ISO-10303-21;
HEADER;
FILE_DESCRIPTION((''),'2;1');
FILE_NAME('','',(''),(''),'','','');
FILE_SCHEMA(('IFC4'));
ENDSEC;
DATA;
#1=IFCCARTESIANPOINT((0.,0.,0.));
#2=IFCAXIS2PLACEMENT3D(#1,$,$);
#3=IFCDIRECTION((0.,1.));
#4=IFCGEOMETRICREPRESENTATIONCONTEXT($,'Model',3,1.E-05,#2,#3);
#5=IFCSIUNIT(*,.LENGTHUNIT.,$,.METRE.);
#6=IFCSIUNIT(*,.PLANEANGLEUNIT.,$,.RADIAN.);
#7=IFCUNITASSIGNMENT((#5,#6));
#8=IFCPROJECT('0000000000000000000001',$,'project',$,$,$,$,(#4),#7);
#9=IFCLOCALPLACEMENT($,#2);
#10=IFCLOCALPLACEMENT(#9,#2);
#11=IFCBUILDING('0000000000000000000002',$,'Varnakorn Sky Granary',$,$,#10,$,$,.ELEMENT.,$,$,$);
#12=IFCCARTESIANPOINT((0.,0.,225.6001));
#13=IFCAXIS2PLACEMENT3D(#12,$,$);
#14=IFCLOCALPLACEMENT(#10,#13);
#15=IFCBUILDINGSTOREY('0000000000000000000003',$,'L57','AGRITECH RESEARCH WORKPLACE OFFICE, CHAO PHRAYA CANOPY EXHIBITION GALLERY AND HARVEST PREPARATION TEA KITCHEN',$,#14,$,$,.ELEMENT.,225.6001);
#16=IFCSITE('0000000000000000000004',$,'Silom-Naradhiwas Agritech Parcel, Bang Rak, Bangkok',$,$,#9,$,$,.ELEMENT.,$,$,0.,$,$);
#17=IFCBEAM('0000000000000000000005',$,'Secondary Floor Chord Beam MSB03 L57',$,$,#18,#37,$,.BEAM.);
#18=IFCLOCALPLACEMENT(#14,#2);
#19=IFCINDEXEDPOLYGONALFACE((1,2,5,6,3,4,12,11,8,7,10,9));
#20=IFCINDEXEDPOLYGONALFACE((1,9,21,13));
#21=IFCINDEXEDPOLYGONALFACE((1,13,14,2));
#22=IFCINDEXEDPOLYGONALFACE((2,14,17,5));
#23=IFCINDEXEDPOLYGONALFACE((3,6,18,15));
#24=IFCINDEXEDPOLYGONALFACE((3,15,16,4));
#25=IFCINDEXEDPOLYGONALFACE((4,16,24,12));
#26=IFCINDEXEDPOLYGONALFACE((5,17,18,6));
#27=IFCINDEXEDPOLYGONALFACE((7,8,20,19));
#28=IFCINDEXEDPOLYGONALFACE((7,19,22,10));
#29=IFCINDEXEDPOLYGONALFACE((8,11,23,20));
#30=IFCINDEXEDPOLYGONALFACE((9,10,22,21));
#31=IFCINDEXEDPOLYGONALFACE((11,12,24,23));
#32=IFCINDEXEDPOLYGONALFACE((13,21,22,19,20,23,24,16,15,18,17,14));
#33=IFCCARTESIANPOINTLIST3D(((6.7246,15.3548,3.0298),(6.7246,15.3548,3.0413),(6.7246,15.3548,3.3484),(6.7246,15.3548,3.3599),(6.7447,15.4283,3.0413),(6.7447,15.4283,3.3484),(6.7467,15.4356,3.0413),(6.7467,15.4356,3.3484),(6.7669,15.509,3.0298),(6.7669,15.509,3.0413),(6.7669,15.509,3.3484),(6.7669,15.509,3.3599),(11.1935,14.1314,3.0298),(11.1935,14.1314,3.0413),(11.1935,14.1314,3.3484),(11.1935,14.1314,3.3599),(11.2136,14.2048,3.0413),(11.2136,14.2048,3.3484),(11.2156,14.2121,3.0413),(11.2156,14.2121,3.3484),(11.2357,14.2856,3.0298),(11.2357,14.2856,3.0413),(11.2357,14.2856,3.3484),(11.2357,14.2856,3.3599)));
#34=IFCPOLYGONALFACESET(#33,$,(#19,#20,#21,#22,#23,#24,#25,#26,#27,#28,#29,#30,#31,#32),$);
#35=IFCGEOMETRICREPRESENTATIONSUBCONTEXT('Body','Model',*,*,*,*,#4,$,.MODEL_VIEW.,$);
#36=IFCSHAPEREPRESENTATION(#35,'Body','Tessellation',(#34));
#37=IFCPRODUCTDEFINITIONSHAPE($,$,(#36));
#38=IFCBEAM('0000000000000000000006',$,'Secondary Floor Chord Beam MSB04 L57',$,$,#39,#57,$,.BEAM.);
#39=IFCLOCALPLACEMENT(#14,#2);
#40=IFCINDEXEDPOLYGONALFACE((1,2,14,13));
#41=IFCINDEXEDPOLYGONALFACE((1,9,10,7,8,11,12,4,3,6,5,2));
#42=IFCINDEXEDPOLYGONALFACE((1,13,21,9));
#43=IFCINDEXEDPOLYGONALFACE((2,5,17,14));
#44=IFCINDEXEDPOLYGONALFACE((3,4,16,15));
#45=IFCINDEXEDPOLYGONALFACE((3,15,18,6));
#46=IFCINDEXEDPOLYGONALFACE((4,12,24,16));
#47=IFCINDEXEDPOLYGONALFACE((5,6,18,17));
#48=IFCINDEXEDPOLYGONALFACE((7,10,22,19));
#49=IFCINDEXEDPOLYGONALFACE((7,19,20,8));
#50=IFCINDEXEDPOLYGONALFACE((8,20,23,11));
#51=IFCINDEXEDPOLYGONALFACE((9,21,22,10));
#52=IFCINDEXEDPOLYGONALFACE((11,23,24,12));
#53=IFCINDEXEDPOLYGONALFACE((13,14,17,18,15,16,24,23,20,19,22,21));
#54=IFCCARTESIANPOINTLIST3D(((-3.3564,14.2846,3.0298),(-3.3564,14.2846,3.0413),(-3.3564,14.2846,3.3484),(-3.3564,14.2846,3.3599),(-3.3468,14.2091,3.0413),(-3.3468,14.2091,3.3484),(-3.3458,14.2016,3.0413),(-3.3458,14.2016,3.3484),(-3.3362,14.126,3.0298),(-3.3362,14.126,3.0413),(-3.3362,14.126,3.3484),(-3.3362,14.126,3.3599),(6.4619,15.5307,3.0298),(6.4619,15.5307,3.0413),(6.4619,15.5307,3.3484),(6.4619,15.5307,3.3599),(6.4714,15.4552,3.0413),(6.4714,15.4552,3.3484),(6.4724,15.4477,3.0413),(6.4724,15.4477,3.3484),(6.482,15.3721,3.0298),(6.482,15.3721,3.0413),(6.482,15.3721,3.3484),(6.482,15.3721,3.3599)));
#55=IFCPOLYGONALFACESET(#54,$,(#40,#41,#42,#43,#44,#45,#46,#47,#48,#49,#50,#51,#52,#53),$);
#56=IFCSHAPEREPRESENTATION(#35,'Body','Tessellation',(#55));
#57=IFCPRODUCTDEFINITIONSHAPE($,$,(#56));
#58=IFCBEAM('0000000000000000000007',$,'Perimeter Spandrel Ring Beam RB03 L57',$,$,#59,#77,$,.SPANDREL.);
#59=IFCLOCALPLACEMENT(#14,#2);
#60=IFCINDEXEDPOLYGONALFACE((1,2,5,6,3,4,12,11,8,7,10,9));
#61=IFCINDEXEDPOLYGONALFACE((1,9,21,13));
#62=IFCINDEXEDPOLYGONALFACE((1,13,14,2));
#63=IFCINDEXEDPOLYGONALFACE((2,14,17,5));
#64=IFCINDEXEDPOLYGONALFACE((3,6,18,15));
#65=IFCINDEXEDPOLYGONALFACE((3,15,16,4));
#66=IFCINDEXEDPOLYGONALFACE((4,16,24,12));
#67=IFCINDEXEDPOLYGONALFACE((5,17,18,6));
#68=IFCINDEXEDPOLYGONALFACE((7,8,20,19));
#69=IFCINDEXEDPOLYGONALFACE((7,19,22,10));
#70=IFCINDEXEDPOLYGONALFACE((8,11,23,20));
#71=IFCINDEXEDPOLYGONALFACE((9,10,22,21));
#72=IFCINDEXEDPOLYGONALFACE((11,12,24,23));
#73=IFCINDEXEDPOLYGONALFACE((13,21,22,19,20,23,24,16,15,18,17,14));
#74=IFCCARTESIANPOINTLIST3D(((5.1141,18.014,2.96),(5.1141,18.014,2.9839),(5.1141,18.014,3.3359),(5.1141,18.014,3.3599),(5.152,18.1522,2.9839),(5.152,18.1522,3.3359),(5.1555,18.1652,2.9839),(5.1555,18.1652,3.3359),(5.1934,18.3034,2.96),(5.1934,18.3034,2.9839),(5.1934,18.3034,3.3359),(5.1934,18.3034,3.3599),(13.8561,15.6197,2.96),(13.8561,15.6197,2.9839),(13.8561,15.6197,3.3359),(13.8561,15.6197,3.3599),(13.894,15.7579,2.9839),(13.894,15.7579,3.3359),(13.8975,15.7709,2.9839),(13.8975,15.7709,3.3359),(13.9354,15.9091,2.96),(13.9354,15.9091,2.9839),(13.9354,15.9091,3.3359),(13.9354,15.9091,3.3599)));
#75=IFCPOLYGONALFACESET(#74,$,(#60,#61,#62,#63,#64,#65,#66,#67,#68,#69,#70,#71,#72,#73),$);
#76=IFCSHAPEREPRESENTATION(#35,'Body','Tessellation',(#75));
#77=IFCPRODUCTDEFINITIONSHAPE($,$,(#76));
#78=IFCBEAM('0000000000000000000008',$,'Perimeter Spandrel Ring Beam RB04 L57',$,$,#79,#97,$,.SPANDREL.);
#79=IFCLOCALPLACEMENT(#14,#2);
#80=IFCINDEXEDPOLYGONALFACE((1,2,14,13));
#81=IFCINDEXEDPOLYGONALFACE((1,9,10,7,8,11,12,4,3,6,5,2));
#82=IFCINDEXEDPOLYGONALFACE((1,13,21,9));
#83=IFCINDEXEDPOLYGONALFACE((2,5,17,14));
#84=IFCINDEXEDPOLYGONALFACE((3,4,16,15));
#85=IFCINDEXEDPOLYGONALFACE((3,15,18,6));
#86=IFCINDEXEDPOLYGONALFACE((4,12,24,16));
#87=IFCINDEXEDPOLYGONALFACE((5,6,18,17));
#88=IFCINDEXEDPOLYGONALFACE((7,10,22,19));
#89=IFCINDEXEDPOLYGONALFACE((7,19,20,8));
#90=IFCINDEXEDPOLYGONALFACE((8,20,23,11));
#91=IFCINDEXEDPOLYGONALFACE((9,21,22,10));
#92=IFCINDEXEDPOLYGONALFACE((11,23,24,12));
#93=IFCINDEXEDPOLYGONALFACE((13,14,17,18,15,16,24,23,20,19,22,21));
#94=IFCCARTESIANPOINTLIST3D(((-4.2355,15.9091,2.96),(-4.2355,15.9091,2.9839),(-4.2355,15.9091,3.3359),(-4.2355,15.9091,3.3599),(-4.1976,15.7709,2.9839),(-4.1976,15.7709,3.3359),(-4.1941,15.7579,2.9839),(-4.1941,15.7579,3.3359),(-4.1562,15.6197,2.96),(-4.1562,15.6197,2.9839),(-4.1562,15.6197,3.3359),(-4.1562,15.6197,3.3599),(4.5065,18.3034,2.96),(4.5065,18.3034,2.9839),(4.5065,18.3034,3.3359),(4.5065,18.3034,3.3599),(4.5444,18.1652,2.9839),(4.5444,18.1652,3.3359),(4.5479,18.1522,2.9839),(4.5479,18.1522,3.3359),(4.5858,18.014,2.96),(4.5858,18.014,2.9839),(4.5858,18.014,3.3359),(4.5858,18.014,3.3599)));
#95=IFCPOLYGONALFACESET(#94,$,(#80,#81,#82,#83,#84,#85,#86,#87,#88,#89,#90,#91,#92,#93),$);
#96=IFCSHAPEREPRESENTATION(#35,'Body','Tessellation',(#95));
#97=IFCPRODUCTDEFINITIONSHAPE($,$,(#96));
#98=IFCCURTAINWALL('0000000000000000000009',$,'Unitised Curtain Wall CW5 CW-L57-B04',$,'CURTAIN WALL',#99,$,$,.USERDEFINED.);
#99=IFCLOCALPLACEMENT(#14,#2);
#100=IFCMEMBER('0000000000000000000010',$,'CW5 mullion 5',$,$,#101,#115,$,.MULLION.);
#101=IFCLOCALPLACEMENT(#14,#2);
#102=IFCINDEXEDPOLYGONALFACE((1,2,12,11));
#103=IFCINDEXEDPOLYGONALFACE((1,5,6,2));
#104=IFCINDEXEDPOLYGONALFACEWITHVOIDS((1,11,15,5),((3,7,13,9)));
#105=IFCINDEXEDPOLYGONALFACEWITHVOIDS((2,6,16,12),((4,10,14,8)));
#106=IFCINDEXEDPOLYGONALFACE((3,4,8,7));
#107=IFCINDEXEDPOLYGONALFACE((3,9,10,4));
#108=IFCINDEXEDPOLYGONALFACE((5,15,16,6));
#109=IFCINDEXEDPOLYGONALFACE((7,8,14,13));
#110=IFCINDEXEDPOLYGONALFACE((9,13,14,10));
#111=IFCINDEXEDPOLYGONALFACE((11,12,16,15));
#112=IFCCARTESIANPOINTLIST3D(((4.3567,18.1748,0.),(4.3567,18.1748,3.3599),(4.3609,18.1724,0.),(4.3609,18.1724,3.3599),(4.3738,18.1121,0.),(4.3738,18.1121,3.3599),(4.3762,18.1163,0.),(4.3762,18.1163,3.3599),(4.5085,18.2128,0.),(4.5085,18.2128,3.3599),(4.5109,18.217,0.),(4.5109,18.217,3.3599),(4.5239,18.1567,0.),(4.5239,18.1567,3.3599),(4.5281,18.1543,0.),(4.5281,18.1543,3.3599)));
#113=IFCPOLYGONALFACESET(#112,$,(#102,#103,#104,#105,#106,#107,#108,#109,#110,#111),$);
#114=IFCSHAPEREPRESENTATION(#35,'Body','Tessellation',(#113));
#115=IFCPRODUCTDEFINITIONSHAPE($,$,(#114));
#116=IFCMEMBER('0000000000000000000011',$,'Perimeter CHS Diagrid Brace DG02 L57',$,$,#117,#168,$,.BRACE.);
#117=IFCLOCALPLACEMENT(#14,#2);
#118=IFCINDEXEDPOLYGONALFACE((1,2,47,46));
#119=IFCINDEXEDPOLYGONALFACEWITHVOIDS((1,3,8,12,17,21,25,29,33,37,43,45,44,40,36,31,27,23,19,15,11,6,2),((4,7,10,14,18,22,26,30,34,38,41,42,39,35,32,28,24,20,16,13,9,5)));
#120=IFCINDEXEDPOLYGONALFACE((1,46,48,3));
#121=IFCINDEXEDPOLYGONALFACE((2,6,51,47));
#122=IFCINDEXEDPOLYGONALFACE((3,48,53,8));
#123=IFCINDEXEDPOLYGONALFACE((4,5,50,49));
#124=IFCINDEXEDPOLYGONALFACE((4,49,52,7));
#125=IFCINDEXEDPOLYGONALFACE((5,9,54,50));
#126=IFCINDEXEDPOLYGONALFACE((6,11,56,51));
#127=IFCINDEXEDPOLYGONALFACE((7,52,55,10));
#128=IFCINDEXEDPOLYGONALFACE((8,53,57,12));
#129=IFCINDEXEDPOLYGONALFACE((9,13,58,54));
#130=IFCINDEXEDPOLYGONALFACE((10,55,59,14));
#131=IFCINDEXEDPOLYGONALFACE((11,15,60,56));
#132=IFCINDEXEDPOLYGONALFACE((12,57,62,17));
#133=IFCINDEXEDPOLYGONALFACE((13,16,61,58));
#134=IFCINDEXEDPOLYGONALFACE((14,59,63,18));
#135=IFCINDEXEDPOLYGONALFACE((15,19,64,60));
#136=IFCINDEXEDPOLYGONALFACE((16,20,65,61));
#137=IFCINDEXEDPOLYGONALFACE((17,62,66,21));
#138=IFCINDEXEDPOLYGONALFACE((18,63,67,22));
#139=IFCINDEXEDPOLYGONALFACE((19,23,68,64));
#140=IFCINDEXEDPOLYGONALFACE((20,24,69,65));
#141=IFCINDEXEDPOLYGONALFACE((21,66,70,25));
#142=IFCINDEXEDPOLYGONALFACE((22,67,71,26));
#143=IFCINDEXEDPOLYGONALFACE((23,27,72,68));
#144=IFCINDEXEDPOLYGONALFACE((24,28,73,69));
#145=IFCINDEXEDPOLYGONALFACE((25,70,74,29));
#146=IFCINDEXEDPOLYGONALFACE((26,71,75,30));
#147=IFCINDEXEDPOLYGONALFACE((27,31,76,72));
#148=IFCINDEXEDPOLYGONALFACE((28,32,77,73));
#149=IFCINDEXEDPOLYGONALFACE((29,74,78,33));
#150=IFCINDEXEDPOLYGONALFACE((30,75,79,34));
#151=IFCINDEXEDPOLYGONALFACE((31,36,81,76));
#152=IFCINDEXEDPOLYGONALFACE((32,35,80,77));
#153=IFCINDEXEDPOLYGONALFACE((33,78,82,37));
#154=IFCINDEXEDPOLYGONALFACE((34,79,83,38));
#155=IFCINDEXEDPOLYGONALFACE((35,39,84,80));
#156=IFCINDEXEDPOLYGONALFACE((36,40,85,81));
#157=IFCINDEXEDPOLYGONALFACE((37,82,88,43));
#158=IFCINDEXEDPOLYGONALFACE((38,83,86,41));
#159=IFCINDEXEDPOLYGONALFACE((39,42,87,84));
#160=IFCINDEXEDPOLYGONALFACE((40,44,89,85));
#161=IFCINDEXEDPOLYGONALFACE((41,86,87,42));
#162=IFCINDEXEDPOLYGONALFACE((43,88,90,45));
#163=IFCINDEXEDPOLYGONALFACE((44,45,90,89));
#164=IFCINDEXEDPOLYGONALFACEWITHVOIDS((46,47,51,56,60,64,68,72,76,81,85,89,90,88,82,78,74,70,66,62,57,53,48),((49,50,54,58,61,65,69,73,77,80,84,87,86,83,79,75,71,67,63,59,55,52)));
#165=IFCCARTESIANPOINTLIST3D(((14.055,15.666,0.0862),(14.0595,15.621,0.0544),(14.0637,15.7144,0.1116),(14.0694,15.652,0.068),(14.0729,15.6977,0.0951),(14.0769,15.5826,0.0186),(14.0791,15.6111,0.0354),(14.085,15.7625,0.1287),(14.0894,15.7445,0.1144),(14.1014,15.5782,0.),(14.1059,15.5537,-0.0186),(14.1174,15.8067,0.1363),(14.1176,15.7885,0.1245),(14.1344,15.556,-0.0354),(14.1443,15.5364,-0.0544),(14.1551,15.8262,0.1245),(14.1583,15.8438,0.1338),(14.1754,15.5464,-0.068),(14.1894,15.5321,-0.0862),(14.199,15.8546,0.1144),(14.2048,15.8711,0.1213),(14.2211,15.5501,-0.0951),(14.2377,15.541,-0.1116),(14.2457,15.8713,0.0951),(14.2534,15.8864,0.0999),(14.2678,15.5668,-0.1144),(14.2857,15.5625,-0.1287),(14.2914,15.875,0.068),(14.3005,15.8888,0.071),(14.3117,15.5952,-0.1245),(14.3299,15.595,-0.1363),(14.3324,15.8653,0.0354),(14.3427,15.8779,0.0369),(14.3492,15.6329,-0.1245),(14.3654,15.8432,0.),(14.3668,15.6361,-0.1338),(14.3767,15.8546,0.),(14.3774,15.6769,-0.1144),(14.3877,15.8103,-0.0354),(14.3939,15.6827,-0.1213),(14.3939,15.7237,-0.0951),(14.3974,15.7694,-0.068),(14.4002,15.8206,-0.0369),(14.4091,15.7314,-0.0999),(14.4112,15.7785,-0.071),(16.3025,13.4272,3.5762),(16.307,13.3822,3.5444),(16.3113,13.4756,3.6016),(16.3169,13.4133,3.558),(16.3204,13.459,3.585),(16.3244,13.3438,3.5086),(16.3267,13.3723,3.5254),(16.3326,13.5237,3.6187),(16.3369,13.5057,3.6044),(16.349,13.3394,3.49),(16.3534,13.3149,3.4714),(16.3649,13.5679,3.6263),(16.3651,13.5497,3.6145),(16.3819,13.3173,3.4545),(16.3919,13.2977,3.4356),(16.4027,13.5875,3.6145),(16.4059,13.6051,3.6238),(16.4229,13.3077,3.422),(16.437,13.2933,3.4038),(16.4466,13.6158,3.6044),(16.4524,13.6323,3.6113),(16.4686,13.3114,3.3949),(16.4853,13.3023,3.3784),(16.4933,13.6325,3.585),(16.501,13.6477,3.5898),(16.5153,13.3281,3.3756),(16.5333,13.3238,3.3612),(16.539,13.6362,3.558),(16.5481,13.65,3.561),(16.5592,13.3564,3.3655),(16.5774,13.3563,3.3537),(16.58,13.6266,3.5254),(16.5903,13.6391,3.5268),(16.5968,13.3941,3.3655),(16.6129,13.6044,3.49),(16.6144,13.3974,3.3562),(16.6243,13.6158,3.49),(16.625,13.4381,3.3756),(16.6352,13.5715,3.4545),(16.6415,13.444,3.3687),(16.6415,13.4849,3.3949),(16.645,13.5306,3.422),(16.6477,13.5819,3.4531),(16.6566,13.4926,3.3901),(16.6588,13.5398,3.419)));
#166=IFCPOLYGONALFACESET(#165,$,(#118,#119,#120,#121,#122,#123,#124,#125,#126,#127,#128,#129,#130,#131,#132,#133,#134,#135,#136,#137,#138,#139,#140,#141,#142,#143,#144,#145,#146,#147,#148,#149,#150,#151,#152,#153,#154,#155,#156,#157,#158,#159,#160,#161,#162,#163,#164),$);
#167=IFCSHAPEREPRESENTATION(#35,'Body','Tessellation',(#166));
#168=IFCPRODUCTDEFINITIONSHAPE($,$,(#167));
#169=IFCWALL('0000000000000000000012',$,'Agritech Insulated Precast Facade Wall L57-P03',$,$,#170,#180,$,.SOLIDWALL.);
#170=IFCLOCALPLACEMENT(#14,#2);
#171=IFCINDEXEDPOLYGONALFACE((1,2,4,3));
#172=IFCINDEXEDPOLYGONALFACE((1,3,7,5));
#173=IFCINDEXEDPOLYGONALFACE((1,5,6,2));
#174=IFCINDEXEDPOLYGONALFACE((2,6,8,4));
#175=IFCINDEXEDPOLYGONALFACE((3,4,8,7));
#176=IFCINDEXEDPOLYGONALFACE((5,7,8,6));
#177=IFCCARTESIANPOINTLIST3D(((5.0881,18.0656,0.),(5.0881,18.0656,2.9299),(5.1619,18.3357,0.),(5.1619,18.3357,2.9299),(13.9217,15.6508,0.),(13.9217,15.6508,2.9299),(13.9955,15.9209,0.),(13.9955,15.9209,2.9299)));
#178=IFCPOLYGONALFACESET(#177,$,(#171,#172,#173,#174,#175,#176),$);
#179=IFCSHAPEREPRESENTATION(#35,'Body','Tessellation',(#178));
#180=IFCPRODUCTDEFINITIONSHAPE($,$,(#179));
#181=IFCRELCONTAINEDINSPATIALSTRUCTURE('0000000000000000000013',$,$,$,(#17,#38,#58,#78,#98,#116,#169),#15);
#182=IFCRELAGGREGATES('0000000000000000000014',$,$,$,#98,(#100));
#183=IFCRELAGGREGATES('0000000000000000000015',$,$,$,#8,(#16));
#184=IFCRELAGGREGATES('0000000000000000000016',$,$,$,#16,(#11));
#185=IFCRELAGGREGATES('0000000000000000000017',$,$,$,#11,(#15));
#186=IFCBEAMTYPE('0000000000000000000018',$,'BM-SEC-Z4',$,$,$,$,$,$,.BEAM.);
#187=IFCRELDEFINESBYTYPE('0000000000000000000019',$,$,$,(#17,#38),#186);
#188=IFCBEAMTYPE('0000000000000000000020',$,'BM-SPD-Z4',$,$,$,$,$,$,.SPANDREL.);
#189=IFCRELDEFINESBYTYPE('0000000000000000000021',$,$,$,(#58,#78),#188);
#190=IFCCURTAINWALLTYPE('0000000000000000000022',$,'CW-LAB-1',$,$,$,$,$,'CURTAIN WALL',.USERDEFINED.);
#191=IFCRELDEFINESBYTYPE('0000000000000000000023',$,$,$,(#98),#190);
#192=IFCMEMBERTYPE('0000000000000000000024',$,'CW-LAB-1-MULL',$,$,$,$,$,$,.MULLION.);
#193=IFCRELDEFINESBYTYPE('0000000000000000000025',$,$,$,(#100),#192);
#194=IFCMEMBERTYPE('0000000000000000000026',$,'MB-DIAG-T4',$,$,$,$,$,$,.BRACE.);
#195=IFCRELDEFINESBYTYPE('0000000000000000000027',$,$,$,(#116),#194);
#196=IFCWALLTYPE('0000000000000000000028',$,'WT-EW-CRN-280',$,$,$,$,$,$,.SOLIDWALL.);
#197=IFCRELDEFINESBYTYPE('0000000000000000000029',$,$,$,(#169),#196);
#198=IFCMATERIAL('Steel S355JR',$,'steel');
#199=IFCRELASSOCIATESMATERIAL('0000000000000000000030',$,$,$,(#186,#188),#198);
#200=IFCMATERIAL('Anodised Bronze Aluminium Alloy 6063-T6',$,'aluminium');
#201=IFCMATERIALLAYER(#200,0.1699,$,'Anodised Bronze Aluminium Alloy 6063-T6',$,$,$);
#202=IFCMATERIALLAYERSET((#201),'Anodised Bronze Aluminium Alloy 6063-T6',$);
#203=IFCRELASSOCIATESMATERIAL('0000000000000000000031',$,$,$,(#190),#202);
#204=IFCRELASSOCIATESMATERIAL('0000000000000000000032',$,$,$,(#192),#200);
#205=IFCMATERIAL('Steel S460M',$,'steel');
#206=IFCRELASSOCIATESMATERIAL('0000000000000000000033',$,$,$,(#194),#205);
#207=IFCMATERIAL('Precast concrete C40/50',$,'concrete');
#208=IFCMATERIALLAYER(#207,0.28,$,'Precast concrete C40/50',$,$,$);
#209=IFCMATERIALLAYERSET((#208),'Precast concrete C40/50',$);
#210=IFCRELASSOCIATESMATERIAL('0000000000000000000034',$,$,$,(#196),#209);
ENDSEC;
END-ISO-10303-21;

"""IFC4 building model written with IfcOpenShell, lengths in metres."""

from ifc_helpers import new_model, si_unit, direction, frame, frame_2d, origin, origin_2d, place, context, subcontext, project, spatial, rectangle, hollow_rectangle, hollow_circle, i_section, extrude, material, layer, layer_set, material_profile, profile_set, type_object, element, aggregate, save


model = new_model("IFC4")

# Units and contexts
model_context = context("Model", 3, precision=1e-05, world=origin(), true_north=direction((0.0, 1.0)))
body_context = subcontext(model_context, "Body", "Model", "MODEL_VIEW")
ifc_project = project(units=[si_unit("LENGTHUNIT", "METRE"), si_unit("PLANEANGLEUNIT", "RADIAN")], contexts=[model_context])

# Site, building, storey
site_placement = place(None, origin())
site = spatial("IfcSite", under=ifc_project, at=site_placement, Name="Silom-Naradhiwas Agritech Parcel, Bang Rak, Bangkok", CompositionType="ELEMENT", RefElevation=0.0)
building_placement = place(site_placement, origin())
building = spatial("IfcBuilding", under=site, at=building_placement, Name="Varnakorn Sky Granary", CompositionType="ELEMENT")
storey_placement = place(building_placement, frame((0.0, 0.0, 225.6001)))
storey = spatial("IfcBuildingStorey", under=building, at=storey_placement, Name="L57", Description="AGRITECH RESEARCH WORKPLACE OFFICE, CHAO PHRAYA CANOPY EXHIBITION GALLERY AND HARVEST PREPARATION TEA KITCHEN", CompositionType="ELEMENT", Elevation=225.6001)

# Shared definitions
ifc_material_1 = material(Name="Steel S460M", Category="steel")

# Beams
ifc_material_2 = material(Name="Steel S355JR", Category="steel")
ifc_material_profile_1 = material_profile(ifc_material_2, i_section(OverallWidth=0.1599, OverallDepth=0.3301, WebThickness=0.0076, FlangeThickness=0.0115, at=origin_2d()), Name="IPE 330")
ifc_profile_set_1 = profile_set([ifc_material_profile_1], Name="Steel S355JR")
beam_type_1 = type_object("IfcBeamType", Name="BM-SEC-Z4", PredefinedType="BEAM", material=ifc_profile_set_1)
beam_1_placement = place(storey_placement, frame((11.2146, 14.2085, 3.1948), z_axis=(-0.964509, 0.264049, 0.0), x_axis=(-0.264049, -0.964509, 0.0)))
element("IfcBeam", 1, at=beam_1_placement, inside=storey, type_object=beam_type_1, Name="Secondary Floor Chord Beam MSB03 L57", PredefinedType="BEAM", context=body_context, shape_type="SweptSolid", body=[
    extrude(i_section(OverallWidth=0.1599, OverallDepth=0.3301, WebThickness=0.0076, FlangeThickness=0.0115, at=origin_2d()), origin(), (0.0, 0.0, 1.0), 4.6333),
])
beam_2_placement = place(storey_placement, frame((6.4719, 15.4514, 3.1948), z_axis=(-0.992042, -0.125908, 0.0), x_axis=(0.125908, -0.992042, 0.0)))
element("IfcBeam", 2, at=beam_2_placement, inside=storey, type_object=beam_type_1, Name="Secondary Floor Chord Beam MSB04 L57", PredefinedType="BEAM", context=body_context, shape_type="SweptSolid", body=[
    extrude(i_section(OverallWidth=0.1599, OverallDepth=0.3301, WebThickness=0.0076, FlangeThickness=0.0115, at=origin_2d()), origin(), (0.0, 0.0, 1.0), 9.897),
])
ifc_material_profile_2 = material_profile(ifc_material_2, i_section(OverallWidth=0.3, OverallDepth=0.3999, WebThickness=0.0134, FlangeThickness=0.0239, at=origin_2d()), Name="HE 400 B")
ifc_profile_set_2 = profile_set([ifc_material_profile_2], Name="Steel S355JR")
beam_type_2 = type_object("IfcBeamType", Name="BM-SPD-Z4", PredefinedType="SPANDREL", material=ifc_profile_set_2)
for number, where, z_axis, x_axis, name in (
    (3, (13.8958, 15.7644, 3.1599), (-0.96448, 0.264157, 0.0), (-0.264157, -0.96448, 0.0), "Perimeter Spandrel Ring Beam RB03 L57"),
    (4, (4.5461, 18.1587, 3.1599), (-0.96448, -0.264157, 0.0), (0.264157, -0.96448, 0.0), "Perimeter Spandrel Ring Beam RB04 L57"),
):
    element("IfcBeam", number, at=place(storey_placement, frame(where, z_axis=z_axis, x_axis=x_axis)), inside=storey, type_object=beam_type_2, Name=name, PredefinedType="SPANDREL", context=body_context, shape_type="SweptSolid", body=[
        extrude(i_section(OverallWidth=0.3, OverallDepth=0.3999, WebThickness=0.0134, FlangeThickness=0.0239, at=origin_2d()), origin(), (0.0, 0.0, 1.0), 9.064),
    ])

# Curtain wall, member
ifc_material_3 = material(Name="Anodised Bronze Aluminium Alloy 6063-T6", Category="aluminium")
ifc_layer_1 = layer(ifc_material_3, 0.1699, Name="Anodised Bronze Aluminium Alloy 6063-T6")
ifc_layer_set_1 = layer_set([ifc_layer_1], Name="Anodised Bronze Aluminium Alloy 6063-T6")
curtain_wall_type = type_object("IfcCurtainWallType", Name="CW-LAB-1", ElementType="CURTAIN WALL", PredefinedType="USERDEFINED", material=ifc_layer_set_1)
curtain_wall_placement = place(storey_placement, origin())
curtain_wall = element("IfcCurtainWall", 5, at=curtain_wall_placement, inside=storey, type_object=curtain_wall_type, Name="Unitised Curtain Wall CW5 CW-L57-B04", ObjectType="CURTAIN WALL", PredefinedType="USERDEFINED")
ifc_material_profile_3 = material_profile(ifc_material_3, hollow_rectangle(XDim=0.0649, YDim=0.1599, WallThickness=0.0034, at=origin_2d()), Name="ALU MULL 65x160")
ifc_profile_set_3 = profile_set([ifc_material_profile_3], Name="Anodised Bronze Aluminium Alloy 6063-T6")
member_type_1 = type_object("IfcMemberType", Name="CW-LAB-1-MULL", PredefinedType="MULLION", material=ifc_profile_set_3)
member_1_placement = place(storey_placement, frame((4.4424, 18.1646, 0.0), z_axis=(0.0, 0.0, 1.0), x_axis=(-0.263727, 0.964597, 0.0)))
member_1 = element("IfcMember", 6, at=member_1_placement, type_object=member_type_1, Name="CW5 mullion 5", PredefinedType="MULLION", context=body_context, shape_type="SweptSolid", body=[
    extrude(hollow_rectangle(XDim=0.0649, YDim=0.1599, WallThickness=0.0034, at=origin_2d()), origin(), (0.0, 0.0, 1.0), 3.3599),
])
aggregate(curtain_wall, [member_1])

# Member
ifc_material_profile_4 = material_profile(ifc_material_1, hollow_circle(Radius=0.2031, WallThickness=0.0161, at=origin_2d()), Name="CHS 406.4x16")
ifc_profile_set_4 = profile_set([ifc_material_profile_4], Name="Steel S460M")
member_type_2 = type_object("IfcMemberType", Name="MB-DIAG-T4", PredefinedType="BRACE", material=ifc_profile_set_4)
member_2_placement = place(storey_placement, frame((14.2334, 15.7107, 0.0), z_axis=(0.47655, -0.474686, 0.739982), x_axis=(0.70572, 0.708491, 0.0)))
element("IfcMember", 7, at=member_2_placement, inside=storey, type_object=member_type_2, Name="Perimeter CHS Diagrid Brace DG02 L57", PredefinedType="BRACE", context=body_context, shape_type="SweptSolid", body=[
    extrude(hollow_circle(Radius=0.2031, WallThickness=0.0161, at=origin_2d()), origin(), (0.0, 0.0, 1.0), 4.7163),
])

# Wall
ifc_material_4 = material(Name="Precast concrete C40/50", Category="concrete")
ifc_layer_2 = layer(ifc_material_4, 0.28, Name="Precast concrete C40/50")
ifc_layer_set_2 = layer_set([ifc_layer_2], Name="Precast concrete C40/50")
wall_type_1 = type_object("IfcWallType", Name="WT-EW-CRN-280", PredefinedType="SOLIDWALL", material=ifc_layer_set_2)
wall_1_placement = place(storey_placement, frame((5.125, 18.2007, 0.0), z_axis=(0.0, 0.0, 1.0), x_axis=(0.964607, -0.263693, 0.0)))
element("IfcWall", 8, at=wall_1_placement, inside=storey, type_object=wall_type_1, Name="Agritech Insulated Precast Facade Wall L57-P03", PredefinedType="SOLIDWALL", context=body_context, shape_type="SweptSolid", body=[
    extrude(rectangle(XDim=9.1577, YDim=0.28, at=frame_2d((4.5789, 0.0))), origin(), (0.0, 0.0, 1.0), 2.9299),
])

save(model, "model.ifc")
